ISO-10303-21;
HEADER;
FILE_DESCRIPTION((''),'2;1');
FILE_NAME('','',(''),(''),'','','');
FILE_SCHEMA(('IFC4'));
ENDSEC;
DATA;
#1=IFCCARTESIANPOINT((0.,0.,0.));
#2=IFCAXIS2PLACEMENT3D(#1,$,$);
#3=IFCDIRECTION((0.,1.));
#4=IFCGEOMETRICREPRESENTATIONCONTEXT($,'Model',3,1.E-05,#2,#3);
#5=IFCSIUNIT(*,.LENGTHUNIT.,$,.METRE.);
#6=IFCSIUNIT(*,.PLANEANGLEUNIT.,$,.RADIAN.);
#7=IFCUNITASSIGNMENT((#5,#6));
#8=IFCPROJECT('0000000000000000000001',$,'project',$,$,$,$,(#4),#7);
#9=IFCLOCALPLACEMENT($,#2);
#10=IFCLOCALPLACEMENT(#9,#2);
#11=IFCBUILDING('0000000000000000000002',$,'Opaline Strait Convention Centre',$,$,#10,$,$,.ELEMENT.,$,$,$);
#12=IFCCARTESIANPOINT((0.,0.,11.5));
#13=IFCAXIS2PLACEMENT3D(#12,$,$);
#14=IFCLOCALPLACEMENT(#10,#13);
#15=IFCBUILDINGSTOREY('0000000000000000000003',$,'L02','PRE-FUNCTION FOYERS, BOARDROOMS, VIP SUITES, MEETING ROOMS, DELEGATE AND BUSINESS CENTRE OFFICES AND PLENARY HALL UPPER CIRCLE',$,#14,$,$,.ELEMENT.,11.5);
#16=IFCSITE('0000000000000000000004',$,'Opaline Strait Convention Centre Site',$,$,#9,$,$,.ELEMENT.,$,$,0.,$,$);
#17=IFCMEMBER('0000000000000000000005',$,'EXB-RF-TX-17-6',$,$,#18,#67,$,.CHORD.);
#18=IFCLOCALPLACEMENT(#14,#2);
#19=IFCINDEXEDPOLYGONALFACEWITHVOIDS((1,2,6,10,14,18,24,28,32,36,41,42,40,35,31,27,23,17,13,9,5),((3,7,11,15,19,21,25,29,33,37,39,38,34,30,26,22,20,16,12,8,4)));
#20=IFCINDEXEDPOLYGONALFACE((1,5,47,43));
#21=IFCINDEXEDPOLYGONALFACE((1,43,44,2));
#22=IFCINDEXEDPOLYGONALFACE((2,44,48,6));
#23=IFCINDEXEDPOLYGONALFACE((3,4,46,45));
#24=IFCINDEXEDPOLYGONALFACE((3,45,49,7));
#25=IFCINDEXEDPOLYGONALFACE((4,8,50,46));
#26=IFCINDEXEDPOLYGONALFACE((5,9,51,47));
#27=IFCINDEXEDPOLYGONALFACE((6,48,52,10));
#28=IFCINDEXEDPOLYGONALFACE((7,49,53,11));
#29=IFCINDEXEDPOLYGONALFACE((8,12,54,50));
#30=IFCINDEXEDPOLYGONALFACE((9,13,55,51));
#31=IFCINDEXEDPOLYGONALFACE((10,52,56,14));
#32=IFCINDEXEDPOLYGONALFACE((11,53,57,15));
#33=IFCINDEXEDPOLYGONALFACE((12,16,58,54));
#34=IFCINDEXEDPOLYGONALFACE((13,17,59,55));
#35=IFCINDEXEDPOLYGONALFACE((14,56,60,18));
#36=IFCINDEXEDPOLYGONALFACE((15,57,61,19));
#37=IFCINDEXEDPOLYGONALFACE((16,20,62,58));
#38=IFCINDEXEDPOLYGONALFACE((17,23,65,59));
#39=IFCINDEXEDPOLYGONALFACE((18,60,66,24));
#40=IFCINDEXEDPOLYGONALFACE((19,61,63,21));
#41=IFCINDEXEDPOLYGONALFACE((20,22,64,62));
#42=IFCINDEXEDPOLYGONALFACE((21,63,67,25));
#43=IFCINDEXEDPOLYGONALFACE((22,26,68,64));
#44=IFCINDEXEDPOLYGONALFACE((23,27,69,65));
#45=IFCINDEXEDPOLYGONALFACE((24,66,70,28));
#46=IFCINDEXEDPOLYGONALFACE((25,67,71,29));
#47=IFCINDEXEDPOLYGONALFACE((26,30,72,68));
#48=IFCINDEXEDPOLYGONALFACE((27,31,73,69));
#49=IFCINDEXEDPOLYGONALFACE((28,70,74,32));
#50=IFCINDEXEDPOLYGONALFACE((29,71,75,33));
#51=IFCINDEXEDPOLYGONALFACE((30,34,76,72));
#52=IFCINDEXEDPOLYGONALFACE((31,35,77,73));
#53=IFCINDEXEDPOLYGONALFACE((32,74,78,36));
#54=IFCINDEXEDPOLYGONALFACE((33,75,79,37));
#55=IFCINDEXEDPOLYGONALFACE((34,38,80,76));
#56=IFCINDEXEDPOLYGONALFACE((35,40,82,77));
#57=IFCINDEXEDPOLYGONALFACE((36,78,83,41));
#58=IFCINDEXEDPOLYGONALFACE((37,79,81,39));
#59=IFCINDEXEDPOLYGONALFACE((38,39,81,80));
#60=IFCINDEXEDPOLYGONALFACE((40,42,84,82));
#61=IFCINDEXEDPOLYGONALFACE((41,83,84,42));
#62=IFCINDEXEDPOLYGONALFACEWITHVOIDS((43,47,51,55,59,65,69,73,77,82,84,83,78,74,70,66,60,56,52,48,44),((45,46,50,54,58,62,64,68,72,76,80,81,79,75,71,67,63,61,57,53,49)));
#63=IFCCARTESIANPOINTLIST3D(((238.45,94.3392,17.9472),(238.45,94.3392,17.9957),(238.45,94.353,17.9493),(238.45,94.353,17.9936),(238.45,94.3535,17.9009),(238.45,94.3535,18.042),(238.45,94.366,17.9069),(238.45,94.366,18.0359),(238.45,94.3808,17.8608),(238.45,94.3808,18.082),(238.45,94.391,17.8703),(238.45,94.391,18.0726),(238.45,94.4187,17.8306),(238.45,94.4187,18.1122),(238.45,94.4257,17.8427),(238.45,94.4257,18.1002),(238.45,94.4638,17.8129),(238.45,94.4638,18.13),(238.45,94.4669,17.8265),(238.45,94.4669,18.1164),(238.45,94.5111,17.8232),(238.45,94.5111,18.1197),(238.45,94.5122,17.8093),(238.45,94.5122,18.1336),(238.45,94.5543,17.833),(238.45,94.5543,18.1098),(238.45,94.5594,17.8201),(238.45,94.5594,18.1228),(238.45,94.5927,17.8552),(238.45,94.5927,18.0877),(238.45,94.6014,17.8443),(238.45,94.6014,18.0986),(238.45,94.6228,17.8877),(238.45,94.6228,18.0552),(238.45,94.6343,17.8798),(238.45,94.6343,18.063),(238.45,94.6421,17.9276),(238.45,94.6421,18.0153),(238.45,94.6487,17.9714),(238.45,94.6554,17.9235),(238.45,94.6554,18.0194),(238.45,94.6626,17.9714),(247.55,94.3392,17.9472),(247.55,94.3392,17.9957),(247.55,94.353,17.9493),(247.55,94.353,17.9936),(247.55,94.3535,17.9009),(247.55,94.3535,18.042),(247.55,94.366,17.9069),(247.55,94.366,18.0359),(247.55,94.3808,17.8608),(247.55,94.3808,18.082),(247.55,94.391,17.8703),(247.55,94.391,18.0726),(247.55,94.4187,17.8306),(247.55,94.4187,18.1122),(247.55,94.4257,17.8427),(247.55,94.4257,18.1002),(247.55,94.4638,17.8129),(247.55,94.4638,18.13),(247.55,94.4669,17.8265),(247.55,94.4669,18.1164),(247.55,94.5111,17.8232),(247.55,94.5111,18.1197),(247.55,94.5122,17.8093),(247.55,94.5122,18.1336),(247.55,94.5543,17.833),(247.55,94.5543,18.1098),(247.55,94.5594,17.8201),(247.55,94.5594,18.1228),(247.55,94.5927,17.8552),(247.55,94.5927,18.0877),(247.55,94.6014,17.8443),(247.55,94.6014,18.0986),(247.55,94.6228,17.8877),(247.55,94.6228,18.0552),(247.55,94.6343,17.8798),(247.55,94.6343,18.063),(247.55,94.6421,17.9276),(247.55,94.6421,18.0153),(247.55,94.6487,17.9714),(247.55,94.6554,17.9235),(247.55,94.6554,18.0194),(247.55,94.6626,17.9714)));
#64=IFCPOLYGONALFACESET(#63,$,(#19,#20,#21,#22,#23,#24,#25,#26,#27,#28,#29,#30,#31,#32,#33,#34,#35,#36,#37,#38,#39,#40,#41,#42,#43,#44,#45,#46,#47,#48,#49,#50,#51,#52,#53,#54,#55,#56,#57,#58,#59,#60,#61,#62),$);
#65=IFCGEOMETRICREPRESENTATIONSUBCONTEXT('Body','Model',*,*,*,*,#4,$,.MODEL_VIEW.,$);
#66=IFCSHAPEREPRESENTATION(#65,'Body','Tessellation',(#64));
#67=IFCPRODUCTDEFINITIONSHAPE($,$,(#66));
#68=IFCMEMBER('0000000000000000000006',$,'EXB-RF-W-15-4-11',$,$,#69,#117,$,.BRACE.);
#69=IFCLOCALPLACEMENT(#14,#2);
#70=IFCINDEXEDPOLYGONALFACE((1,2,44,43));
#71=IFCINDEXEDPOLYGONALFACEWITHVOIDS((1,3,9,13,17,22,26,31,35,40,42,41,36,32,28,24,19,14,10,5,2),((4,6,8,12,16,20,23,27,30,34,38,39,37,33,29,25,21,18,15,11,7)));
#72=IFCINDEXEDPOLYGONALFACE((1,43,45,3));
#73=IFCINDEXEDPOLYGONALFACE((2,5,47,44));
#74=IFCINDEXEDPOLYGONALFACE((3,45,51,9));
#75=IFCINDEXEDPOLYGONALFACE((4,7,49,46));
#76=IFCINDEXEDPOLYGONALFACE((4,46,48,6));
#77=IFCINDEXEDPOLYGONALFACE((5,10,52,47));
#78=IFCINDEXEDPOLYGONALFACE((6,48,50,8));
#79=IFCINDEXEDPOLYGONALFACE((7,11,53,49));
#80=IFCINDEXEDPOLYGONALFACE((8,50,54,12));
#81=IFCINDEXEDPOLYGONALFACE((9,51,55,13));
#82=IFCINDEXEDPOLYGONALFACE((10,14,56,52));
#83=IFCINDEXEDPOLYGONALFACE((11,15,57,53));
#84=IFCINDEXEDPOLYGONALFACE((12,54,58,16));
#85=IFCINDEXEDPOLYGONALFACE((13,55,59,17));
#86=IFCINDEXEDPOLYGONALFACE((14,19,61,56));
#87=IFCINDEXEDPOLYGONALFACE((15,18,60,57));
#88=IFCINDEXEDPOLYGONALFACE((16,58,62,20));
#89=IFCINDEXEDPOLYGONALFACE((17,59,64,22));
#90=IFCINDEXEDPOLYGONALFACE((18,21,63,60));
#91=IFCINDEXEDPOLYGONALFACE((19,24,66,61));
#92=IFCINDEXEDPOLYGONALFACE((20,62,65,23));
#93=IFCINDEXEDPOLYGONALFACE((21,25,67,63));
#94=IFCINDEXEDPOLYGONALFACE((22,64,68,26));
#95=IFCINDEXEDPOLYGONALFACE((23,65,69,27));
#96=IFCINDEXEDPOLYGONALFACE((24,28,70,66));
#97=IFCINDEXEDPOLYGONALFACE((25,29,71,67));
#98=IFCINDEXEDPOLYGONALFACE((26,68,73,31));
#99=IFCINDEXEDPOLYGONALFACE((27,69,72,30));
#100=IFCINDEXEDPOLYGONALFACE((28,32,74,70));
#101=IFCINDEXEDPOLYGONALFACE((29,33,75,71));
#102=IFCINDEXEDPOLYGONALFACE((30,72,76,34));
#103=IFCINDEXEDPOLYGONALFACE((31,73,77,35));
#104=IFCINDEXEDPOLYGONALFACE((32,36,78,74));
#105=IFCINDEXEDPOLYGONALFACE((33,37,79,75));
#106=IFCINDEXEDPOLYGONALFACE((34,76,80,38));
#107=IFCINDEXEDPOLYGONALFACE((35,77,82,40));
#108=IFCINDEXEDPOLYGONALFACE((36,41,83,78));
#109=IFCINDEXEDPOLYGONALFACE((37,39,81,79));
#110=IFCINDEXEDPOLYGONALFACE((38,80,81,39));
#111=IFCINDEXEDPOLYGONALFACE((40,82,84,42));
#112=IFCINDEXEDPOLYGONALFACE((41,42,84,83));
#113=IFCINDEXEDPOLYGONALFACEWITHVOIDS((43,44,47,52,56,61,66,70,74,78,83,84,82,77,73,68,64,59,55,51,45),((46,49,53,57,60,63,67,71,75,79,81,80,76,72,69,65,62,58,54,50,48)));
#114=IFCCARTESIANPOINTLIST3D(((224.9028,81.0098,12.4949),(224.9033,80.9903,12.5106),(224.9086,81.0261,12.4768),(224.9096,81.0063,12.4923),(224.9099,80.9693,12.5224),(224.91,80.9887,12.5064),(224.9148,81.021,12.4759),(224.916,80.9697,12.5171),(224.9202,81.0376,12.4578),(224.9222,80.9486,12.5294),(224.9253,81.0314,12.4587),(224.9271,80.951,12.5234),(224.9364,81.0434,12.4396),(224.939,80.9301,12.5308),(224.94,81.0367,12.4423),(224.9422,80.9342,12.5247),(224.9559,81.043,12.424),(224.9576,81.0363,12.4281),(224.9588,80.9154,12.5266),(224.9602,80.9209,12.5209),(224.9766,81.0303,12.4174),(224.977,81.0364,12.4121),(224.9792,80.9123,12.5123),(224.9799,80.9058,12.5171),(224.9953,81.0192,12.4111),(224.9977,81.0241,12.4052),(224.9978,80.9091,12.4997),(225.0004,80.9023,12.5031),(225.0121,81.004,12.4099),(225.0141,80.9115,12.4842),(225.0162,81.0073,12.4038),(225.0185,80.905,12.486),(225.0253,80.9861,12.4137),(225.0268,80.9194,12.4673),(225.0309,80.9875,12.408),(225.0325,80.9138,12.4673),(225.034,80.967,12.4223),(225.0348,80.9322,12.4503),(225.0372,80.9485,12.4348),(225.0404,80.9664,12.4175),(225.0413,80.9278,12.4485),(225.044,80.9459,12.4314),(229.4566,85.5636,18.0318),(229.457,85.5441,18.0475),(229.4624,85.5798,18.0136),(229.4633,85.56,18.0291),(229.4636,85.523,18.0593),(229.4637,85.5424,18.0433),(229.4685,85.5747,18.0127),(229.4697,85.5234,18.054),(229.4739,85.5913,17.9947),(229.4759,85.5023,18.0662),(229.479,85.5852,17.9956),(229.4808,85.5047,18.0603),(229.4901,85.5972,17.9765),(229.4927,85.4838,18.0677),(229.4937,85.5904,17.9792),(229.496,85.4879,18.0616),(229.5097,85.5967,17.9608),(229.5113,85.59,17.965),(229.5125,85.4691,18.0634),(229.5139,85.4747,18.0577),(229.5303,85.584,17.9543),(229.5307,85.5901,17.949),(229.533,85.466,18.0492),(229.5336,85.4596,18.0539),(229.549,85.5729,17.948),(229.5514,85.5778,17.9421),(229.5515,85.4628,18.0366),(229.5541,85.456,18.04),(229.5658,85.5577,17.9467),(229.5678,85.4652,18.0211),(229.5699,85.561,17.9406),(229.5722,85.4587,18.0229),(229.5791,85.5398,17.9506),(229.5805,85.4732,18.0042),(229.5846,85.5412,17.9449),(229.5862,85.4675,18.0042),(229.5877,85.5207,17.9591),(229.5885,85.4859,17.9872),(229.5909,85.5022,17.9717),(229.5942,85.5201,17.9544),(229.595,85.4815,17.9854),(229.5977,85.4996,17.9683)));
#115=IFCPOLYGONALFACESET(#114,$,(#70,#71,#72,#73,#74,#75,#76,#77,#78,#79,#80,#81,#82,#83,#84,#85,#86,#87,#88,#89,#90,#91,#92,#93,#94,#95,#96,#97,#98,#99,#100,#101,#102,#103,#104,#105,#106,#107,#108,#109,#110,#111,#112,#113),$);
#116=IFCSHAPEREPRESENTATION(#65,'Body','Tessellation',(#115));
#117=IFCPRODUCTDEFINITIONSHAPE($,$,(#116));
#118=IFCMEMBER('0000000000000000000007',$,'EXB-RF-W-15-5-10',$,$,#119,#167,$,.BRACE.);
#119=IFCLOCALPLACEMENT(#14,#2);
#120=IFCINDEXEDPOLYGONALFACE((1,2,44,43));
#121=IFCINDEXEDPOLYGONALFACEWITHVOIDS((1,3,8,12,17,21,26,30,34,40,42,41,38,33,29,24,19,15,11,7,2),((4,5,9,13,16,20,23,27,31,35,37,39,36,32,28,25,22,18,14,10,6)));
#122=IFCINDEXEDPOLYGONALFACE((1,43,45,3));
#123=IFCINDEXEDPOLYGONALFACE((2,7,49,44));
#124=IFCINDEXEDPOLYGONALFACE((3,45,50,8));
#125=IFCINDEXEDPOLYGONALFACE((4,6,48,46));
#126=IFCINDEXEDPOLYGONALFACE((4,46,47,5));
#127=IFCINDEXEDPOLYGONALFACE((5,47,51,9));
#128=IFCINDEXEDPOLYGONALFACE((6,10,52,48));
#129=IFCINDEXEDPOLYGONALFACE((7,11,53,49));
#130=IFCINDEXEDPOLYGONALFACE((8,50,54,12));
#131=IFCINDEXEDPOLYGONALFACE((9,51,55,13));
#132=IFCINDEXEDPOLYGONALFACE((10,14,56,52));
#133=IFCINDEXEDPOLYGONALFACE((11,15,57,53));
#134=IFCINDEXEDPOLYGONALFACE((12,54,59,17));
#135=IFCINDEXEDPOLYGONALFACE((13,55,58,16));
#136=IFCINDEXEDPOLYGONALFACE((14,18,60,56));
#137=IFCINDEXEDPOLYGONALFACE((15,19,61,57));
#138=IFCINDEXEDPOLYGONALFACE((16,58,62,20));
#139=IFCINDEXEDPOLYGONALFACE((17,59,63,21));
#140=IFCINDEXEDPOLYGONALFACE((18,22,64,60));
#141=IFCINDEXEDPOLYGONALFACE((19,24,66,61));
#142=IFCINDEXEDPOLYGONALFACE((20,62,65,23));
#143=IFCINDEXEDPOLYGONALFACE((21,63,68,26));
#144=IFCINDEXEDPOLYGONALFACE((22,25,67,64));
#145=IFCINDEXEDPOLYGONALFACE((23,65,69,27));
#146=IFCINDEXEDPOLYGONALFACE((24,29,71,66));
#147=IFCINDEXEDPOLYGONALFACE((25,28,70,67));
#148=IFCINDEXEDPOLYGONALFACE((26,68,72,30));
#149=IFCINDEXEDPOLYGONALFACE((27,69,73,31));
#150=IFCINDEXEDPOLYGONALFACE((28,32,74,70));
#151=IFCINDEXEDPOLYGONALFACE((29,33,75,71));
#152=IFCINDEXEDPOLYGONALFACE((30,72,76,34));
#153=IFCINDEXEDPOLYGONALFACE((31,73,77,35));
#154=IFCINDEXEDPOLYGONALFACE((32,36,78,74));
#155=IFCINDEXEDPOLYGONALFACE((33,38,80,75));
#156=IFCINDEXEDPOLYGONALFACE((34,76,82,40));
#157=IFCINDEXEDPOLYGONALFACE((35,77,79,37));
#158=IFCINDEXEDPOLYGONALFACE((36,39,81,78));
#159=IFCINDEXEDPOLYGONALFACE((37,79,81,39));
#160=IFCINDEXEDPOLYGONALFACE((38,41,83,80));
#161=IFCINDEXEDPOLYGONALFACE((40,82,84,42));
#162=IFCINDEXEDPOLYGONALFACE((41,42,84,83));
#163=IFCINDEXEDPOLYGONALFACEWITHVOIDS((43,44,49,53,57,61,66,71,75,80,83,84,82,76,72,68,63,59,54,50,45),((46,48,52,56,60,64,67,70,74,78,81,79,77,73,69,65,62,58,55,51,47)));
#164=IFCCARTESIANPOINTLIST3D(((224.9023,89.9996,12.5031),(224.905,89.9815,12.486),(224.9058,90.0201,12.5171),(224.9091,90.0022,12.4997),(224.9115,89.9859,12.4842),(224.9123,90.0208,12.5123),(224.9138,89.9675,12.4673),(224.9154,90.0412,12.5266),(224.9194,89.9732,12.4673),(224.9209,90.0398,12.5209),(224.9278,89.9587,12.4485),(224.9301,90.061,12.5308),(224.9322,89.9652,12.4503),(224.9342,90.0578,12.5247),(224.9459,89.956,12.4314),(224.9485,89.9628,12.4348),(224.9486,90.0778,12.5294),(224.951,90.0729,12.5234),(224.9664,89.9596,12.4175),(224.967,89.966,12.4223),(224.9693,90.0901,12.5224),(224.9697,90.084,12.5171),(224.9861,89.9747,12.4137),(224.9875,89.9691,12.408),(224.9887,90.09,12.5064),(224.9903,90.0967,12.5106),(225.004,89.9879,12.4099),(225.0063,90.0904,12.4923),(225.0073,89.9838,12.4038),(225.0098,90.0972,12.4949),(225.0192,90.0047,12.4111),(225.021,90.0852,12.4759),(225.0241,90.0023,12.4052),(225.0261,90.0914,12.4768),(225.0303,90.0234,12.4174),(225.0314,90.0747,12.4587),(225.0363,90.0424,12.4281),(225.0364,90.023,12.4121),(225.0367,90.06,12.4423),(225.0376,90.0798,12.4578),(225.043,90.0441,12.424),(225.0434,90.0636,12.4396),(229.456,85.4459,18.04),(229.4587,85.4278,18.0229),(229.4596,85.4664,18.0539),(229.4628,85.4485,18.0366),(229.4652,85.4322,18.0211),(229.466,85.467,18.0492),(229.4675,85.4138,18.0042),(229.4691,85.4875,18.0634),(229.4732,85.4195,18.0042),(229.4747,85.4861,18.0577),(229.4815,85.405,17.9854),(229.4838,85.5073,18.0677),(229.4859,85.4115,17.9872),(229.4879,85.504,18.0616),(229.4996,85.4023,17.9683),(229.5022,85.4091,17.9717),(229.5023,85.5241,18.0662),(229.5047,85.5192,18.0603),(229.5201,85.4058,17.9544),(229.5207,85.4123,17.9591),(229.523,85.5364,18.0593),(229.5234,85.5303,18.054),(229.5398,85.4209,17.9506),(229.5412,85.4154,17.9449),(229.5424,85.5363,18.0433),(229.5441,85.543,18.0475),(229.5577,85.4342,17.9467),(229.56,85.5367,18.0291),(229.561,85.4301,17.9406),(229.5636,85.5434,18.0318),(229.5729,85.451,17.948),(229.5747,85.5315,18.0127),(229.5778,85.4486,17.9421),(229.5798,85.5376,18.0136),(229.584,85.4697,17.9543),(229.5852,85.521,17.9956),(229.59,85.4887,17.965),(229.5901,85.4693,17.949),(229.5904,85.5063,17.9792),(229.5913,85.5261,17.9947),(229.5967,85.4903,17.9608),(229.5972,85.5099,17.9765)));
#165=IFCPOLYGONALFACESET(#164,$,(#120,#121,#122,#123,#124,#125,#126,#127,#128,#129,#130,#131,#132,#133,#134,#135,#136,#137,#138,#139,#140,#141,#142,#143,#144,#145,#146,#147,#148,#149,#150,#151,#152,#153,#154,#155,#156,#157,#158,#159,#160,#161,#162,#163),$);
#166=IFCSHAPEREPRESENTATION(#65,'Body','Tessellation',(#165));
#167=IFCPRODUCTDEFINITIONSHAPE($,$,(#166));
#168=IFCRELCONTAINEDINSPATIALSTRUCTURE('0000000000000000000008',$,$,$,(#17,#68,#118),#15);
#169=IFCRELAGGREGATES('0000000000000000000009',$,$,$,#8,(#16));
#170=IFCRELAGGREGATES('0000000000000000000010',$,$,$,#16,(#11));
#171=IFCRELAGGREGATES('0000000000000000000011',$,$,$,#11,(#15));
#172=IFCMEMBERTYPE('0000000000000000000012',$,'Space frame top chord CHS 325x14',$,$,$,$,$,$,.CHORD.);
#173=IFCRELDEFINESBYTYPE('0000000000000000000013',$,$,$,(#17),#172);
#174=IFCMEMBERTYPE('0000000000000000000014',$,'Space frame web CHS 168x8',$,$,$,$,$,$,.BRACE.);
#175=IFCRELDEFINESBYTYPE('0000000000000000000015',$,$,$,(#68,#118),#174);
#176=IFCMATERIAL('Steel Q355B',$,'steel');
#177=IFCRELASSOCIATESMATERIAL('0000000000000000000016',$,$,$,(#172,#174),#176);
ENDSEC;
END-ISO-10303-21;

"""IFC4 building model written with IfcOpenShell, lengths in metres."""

from ifc_helpers import new_model, si_unit, direction, frame, origin, origin_2d, place, context, subcontext, project, spatial, hollow_circle, extrude, material, material_profile, profile_set, type_object, element, save


model = new_model("IFC4")

# Units and contexts
model_context = context("Model", 3, precision=1e-05, world=origin(), true_north=direction((0.0, 1.0)))
body_context = subcontext(model_context, "Body", "Model", "MODEL_VIEW")
ifc_project = project(units=[si_unit("LENGTHUNIT", "METRE"), si_unit("PLANEANGLEUNIT", "RADIAN")], contexts=[model_context])

# Site, building, storey
site_placement = place(None, origin())
site = spatial("IfcSite", under=ifc_project, at=site_placement, Name="Opaline Strait Convention Centre Site", CompositionType="ELEMENT", RefElevation=0.0)
building_placement = place(site_placement, origin())
building = spatial("IfcBuilding", under=site, at=building_placement, Name="Opaline Strait Convention Centre", CompositionType="ELEMENT")
storey_placement = place(building_placement, frame((0.0, 0.0, 11.5)))
storey = spatial("IfcBuildingStorey", under=building, at=storey_placement, Name="L02", Description="PRE-FUNCTION FOYERS, BOARDROOMS, VIP SUITES, MEETING ROOMS, DELEGATE AND BUSINESS CENTRE OFFICES AND PLENARY HALL UPPER CIRCLE", CompositionType="ELEMENT", Elevation=11.5)

# Members
ifc_material = material(Name="Steel Q355B", Category="steel")
ifc_material_profile_1 = material_profile(ifc_material, hollow_circle(Radius=0.1626, WallThickness=0.0139, at=origin_2d()), Name="CHS 325x14")
ifc_profile_set_1 = profile_set([ifc_material_profile_1], Name="Steel Q355B")
member_type_1 = type_object("IfcMemberType", Name="Space frame top chord CHS 325x14", PredefinedType="CHORD", material=ifc_profile_set_1)
for number, where, z_axis, x_axis, name in (
    (1, (238.45, 94.5, 17.9714), (1.0, 0.0, 0.0), (0.0, 1.0, 0.0), "EXB-RF-TX-17-6"),
):
    element("IfcMember", number, at=place(storey_placement, frame(where, z_axis=z_axis, x_axis=x_axis)), inside=storey, type_object=member_type_1, Name=name, PredefinedType="CHORD", context=body_context, shape_type="SweptSolid", body=[
        extrude(hollow_circle(Radius=0.1626, WallThickness=0.0139, at=origin_2d()), origin(), (0.0, 0.0, 1.0), 9.1001),
    ])
ifc_material_profile_2 = material_profile(ifc_material, hollow_circle(Radius=0.084, WallThickness=0.0081, at=origin_2d()), Name="CHS 168x8")
ifc_profile_set_2 = profile_set([ifc_material_profile_2], Name="Steel Q355B")
member_type_2 = type_object("IfcMemberType", Name="Space frame web CHS 168x8", PredefinedType="BRACE", material=ifc_profile_set_2)
for number, where, z_axis, x_axis, name in (
    (2, (229.5269, 85.5269, 18.0042), (-0.536178, -0.536178, -0.65194), (0.707107, -0.707107, 0.0), "EXB-RF-W-15-4-11"),
    (3, (229.5269, 85.4731, 18.0042), (-0.536178, 0.536178, -0.65194), (-0.707107, -0.707107, 0.0), "EXB-RF-W-15-5-10"),
):
    element("IfcMember", number, at=place(storey_placement, frame(where, z_axis=z_axis, x_axis=x_axis)), inside=storey, type_object=member_type_2, Name=name, PredefinedType="BRACE", context=body_context, shape_type="SweptSolid", body=[
        extrude(hollow_circle(Radius=0.084, WallThickness=0.0081, at=origin_2d()), origin(), (0.0, 0.0, 1.0), 8.4929),
    ])

save(model, "model.ifc")
